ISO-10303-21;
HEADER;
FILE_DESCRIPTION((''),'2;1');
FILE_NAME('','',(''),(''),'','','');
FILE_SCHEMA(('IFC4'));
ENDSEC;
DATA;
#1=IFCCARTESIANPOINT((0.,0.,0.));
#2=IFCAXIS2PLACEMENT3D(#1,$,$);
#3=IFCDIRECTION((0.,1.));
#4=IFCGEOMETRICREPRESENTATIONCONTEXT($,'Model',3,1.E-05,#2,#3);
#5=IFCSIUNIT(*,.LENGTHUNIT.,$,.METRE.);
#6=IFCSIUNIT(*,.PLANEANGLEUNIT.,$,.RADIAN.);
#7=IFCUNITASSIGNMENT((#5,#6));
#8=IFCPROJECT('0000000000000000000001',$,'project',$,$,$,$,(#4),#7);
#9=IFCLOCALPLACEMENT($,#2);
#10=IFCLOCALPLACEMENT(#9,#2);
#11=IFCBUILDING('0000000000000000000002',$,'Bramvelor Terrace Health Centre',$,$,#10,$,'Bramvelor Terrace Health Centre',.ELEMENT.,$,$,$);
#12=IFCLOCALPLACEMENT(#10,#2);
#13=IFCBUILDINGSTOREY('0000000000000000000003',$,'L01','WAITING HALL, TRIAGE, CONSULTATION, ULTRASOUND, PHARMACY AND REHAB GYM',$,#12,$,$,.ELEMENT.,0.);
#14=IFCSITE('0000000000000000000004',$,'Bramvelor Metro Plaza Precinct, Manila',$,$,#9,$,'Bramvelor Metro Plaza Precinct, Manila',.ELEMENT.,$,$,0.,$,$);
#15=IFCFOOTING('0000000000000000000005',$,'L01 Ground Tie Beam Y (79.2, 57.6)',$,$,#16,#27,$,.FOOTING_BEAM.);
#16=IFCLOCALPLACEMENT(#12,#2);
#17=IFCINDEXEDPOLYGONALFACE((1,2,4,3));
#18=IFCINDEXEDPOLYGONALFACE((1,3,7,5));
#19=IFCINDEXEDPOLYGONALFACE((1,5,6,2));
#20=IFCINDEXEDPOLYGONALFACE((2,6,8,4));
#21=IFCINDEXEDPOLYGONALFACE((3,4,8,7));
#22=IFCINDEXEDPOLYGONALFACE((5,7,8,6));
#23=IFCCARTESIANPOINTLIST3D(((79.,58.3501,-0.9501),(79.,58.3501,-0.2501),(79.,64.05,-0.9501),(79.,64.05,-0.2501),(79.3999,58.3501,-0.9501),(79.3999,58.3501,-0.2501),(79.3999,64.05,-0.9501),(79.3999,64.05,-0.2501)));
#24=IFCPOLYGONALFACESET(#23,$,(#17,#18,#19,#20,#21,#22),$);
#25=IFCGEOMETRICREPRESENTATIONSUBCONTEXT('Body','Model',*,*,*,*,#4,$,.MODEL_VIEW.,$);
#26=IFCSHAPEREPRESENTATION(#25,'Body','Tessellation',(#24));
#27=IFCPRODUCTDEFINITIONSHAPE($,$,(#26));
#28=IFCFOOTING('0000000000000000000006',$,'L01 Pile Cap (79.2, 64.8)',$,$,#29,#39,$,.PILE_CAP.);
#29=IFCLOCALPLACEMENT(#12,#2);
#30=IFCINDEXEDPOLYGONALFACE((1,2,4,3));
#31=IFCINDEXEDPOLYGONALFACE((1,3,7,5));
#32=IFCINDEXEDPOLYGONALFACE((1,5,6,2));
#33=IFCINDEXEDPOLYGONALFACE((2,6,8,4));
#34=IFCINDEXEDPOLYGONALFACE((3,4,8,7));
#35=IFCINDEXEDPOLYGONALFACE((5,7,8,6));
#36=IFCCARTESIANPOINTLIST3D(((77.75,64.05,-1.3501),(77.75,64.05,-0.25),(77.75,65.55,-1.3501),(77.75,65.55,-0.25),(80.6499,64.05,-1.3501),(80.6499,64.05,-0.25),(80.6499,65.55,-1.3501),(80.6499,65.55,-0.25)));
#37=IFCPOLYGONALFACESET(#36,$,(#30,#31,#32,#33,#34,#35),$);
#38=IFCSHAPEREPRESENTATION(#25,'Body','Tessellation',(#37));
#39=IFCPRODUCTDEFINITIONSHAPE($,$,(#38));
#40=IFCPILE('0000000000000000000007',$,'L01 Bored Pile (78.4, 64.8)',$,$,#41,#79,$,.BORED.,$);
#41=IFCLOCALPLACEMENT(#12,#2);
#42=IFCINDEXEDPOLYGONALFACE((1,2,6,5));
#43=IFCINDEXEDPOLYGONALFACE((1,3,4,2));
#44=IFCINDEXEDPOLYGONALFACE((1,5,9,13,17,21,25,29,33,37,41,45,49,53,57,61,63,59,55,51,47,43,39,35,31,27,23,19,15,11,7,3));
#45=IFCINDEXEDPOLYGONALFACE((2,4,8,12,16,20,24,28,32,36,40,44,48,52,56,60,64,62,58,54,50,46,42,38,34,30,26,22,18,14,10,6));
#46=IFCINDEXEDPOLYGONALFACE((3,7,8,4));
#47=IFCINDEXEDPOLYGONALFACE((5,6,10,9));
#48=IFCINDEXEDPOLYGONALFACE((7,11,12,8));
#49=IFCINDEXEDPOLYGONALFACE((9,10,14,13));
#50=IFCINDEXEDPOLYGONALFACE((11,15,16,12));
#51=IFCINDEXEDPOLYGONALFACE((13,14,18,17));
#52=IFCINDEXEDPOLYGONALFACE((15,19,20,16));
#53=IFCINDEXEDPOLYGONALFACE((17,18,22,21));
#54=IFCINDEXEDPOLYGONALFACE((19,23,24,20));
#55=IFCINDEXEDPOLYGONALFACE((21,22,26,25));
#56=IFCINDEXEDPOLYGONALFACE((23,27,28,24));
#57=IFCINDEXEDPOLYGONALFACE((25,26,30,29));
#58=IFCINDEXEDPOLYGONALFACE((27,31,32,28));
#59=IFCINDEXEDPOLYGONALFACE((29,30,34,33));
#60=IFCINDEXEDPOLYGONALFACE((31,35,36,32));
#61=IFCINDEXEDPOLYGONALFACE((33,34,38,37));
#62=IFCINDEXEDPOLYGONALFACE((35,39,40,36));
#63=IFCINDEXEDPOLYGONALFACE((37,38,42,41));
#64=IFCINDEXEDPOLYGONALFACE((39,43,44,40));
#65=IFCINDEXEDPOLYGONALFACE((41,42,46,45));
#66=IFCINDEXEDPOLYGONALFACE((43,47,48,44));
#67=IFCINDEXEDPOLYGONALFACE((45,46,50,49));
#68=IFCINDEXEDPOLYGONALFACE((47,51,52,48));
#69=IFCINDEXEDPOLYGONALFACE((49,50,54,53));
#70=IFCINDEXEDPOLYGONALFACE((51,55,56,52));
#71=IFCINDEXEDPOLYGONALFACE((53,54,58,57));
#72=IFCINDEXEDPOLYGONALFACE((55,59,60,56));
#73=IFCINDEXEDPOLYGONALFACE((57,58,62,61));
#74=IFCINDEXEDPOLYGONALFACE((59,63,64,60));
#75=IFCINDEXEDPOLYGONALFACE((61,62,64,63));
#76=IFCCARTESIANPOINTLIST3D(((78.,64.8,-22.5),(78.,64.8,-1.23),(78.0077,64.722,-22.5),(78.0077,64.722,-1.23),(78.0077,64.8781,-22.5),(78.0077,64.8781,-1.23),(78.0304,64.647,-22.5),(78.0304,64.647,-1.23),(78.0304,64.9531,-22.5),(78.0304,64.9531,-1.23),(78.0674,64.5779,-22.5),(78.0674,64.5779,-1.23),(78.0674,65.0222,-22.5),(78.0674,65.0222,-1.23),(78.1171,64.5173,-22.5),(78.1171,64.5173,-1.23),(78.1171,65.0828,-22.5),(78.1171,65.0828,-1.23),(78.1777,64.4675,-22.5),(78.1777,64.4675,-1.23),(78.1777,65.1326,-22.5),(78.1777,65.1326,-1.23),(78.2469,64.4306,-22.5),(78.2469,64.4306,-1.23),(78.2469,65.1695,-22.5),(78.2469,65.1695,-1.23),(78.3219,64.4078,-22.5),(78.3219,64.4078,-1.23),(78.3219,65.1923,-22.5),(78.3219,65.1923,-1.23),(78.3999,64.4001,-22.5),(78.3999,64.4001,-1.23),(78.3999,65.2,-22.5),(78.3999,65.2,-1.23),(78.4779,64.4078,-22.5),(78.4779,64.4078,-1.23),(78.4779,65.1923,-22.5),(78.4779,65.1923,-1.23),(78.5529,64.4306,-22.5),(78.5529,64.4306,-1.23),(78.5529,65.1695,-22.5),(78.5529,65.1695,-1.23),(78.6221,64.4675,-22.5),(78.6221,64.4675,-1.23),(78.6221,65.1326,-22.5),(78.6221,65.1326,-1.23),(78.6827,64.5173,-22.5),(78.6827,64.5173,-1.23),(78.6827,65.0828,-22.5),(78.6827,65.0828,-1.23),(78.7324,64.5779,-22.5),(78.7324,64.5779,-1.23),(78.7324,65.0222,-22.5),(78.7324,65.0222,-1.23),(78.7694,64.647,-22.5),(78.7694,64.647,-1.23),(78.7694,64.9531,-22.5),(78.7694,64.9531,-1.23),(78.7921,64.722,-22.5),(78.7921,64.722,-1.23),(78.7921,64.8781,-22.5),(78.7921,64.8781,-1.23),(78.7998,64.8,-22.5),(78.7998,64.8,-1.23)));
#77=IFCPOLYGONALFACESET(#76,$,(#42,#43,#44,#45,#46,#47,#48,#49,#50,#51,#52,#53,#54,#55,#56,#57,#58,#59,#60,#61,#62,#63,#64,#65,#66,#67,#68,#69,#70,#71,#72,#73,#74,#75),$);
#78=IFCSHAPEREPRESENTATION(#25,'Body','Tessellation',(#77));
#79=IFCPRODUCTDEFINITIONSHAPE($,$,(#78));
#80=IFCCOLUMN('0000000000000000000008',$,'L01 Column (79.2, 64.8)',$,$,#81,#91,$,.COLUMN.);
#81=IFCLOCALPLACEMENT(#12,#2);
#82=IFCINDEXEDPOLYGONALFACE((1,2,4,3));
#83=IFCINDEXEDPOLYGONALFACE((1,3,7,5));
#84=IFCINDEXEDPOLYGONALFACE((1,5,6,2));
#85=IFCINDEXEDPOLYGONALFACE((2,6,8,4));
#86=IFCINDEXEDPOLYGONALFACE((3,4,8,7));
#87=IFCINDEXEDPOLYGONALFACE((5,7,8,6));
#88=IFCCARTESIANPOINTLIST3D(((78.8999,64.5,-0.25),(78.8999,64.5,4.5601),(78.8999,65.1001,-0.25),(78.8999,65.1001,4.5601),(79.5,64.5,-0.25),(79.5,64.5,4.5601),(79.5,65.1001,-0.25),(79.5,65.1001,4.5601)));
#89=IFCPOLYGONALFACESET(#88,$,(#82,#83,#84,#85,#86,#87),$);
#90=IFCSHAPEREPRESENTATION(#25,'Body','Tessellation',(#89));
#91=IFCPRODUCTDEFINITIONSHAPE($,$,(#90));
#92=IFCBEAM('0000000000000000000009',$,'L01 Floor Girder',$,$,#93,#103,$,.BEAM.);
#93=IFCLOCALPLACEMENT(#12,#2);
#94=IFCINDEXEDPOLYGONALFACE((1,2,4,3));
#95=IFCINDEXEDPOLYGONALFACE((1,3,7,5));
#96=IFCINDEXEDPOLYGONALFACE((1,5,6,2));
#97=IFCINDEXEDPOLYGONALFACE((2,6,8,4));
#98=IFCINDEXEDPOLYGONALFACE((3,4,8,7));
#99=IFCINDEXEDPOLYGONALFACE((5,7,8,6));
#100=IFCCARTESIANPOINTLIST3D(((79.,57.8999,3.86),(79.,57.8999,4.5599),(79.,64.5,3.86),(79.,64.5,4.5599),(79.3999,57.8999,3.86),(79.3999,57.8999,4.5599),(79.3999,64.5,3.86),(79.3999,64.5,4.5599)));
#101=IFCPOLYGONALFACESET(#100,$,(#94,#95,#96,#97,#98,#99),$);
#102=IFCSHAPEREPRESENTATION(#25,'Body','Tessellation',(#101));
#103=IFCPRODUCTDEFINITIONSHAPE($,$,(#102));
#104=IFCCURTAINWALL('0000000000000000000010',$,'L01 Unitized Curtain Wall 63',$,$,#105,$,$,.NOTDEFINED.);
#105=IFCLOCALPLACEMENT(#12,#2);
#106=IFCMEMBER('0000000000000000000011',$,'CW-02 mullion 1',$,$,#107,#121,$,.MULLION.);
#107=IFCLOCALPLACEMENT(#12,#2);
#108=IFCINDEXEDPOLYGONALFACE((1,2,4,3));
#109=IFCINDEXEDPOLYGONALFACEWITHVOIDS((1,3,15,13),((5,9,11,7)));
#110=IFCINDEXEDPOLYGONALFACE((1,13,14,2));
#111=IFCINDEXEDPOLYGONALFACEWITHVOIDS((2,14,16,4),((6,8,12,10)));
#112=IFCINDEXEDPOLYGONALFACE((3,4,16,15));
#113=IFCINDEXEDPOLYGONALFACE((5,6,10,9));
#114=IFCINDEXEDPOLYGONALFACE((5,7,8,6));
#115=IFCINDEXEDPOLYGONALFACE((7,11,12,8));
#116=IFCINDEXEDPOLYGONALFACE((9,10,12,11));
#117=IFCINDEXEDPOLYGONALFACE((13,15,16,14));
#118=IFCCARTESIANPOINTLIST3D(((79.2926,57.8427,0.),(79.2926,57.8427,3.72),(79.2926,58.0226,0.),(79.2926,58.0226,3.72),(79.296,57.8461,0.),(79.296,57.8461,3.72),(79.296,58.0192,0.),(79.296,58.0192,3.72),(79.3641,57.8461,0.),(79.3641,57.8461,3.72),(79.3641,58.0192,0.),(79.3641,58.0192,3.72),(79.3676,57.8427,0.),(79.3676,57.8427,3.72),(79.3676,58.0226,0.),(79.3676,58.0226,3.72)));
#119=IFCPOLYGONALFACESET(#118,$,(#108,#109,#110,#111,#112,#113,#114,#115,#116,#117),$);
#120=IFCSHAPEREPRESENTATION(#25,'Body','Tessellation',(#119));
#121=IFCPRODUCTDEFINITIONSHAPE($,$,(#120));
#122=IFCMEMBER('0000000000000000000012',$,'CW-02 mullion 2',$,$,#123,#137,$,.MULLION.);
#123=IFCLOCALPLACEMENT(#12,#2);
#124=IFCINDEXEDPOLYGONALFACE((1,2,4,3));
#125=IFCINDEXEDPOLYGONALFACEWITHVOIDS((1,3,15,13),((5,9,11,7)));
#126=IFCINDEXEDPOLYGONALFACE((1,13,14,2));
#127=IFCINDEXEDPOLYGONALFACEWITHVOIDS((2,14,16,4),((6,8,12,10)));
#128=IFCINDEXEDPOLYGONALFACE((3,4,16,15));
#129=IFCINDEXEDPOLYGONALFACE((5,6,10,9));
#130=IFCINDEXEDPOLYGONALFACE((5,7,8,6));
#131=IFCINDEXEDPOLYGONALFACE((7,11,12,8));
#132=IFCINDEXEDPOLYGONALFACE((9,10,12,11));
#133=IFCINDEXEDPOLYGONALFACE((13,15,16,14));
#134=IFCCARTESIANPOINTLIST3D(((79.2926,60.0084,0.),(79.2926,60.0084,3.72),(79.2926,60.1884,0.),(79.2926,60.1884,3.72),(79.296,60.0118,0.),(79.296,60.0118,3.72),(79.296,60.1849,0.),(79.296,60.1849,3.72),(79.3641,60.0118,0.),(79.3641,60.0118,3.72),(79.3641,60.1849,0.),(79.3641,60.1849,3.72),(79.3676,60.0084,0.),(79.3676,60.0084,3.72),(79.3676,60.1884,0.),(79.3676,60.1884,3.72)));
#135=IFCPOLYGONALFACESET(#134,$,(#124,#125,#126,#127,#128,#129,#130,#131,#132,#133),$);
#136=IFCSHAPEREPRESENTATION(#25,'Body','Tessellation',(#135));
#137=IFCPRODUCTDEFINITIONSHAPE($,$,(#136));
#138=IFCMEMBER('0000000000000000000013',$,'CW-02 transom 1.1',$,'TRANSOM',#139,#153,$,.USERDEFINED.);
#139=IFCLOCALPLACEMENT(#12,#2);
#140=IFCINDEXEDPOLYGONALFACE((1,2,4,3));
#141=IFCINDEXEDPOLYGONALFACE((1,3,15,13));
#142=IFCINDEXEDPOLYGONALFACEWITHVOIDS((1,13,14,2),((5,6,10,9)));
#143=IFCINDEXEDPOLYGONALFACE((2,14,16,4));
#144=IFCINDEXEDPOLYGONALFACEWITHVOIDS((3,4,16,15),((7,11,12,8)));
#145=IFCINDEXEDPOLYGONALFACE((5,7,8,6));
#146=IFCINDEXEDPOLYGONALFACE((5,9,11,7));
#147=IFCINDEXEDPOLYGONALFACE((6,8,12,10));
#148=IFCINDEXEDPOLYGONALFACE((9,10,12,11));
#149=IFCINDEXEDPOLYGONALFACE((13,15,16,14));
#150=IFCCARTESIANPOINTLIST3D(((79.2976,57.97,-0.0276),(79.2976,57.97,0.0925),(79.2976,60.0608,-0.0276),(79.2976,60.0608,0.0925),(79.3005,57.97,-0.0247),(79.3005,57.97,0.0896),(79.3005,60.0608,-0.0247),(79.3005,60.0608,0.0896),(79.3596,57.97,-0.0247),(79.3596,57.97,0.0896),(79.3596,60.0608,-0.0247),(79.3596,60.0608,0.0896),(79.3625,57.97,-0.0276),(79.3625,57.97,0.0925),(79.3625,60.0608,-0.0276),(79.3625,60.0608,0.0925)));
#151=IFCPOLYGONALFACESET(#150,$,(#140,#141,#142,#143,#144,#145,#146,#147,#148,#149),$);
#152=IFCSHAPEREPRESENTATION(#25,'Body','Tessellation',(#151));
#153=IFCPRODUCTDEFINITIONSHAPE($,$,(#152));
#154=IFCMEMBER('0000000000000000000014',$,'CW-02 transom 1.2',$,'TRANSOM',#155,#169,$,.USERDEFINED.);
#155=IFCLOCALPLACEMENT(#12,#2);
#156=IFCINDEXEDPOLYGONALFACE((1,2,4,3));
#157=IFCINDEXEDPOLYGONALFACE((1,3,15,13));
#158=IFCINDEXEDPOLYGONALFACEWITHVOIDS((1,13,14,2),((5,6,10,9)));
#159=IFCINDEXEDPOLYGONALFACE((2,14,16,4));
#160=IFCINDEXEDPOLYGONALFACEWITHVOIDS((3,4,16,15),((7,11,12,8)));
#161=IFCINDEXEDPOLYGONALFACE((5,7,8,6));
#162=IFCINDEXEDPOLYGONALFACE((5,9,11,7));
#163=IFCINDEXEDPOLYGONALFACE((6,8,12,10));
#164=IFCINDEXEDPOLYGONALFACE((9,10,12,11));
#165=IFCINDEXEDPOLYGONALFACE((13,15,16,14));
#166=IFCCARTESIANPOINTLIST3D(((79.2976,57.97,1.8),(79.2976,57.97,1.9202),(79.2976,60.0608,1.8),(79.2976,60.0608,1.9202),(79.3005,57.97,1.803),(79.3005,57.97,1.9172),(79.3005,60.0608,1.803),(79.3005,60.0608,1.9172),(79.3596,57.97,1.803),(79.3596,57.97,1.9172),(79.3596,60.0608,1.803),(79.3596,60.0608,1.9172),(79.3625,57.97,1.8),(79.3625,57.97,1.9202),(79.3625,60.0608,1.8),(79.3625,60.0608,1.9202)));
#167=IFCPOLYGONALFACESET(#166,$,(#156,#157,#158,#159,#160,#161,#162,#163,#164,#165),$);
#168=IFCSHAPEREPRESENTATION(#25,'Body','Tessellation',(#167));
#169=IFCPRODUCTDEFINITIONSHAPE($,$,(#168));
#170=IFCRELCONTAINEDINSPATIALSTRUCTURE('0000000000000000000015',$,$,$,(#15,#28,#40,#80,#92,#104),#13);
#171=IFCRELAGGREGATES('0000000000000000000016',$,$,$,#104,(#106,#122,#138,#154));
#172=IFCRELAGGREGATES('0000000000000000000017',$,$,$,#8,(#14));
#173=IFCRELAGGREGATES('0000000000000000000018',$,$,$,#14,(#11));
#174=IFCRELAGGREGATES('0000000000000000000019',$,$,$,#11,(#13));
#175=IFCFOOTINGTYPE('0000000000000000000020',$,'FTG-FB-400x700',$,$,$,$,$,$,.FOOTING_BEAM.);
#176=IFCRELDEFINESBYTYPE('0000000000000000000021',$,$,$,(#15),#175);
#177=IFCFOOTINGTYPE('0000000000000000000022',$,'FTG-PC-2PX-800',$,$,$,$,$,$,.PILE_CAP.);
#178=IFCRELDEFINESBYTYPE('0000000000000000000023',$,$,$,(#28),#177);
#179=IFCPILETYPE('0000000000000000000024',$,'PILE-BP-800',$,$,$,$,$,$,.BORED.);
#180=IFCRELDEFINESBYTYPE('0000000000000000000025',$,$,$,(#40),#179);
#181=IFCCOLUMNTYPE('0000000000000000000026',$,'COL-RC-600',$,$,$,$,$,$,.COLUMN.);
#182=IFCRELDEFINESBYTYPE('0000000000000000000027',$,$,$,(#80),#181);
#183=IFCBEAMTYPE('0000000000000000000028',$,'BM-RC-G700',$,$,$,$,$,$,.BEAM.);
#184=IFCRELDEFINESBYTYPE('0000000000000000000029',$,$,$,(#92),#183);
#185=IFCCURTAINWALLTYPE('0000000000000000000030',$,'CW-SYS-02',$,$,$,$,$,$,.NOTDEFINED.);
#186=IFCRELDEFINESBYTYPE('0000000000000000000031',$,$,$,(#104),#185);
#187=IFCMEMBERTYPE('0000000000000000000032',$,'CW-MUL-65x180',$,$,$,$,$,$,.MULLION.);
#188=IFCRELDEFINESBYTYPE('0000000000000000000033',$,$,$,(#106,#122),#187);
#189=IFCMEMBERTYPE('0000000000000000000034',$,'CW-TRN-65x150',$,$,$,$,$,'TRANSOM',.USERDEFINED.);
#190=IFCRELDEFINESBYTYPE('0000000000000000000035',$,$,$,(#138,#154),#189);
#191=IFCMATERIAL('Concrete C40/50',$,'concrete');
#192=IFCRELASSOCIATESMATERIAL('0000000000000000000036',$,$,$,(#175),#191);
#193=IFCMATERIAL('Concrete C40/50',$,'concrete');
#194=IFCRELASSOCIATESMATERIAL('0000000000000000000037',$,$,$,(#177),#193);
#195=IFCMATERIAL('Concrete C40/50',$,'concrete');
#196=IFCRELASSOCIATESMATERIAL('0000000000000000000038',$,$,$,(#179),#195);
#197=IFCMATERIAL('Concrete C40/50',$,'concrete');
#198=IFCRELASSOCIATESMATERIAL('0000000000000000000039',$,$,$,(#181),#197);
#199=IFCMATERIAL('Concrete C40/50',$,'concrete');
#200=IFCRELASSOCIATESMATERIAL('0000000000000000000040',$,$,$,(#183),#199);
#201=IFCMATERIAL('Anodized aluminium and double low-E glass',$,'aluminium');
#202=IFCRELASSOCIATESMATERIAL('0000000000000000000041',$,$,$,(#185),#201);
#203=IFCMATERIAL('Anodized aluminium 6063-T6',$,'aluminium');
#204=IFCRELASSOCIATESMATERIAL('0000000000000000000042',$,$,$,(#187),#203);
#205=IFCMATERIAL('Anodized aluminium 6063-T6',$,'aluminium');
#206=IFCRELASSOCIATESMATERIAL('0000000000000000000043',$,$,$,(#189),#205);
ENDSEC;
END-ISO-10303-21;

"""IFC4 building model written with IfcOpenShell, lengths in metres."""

from ifc_helpers import new_model, si_unit, direction, frame, origin, origin_2d, place, context, subcontext, project, spatial, rectangle, hollow_rectangle, circle, extrude, material, material_profile, profile_set, type_object, element, aggregate, save


model = new_model("IFC4")

# Units and contexts
model_context = context("Model", 3, precision=1e-05, world=origin(), true_north=direction((0.0, 1.0)))
body_context = subcontext(model_context, "Body", "Model", "MODEL_VIEW")
ifc_project = project(units=[si_unit("LENGTHUNIT", "METRE"), si_unit("PLANEANGLEUNIT", "RADIAN")], contexts=[model_context])

# Site, building, storey
site_placement = place(None, origin())
site = spatial("IfcSite", under=ifc_project, at=site_placement, Name="Bramvelor Metro Plaza Precinct, Manila", LongName="Bramvelor Metro Plaza Precinct, Manila", CompositionType="ELEMENT", RefElevation=0.0)
building_placement = place(site_placement, origin())
building = spatial("IfcBuilding", under=site, at=building_placement, Name="Bramvelor Terrace Health Centre", LongName="Bramvelor Terrace Health Centre", CompositionType="ELEMENT")
storey_placement = place(building_placement, origin())
storey = spatial("IfcBuildingStorey", under=building, at=storey_placement, Name="L01", Description="WAITING HALL, TRIAGE, CONSULTATION, ULTRASOUND, PHARMACY AND REHAB GYM", CompositionType="ELEMENT", Elevation=0.0)

# Footings
ifc_material_1 = material(Name="Concrete C40/50", Category="concrete")
ifc_material_profile_1 = material_profile(ifc_material_1, rectangle(XDim=0.3999, YDim=0.7, at=origin_2d()), Name="RC 400x700")
ifc_profile_set_1 = profile_set([ifc_material_profile_1], Name="Concrete C40/50")
footing_type_1 = type_object("IfcFootingType", Name="FTG-FB-400x700", PredefinedType="FOOTING_BEAM", material=ifc_profile_set_1)
footing_1_placement = place(storey_placement, frame((79.2, 58.3501, -0.6001), z_axis=(0.0, 1.0, 0.0), x_axis=(-1.0, 0.0, 0.0)))
element("IfcFooting", 1, at=footing_1_placement, inside=storey, type_object=footing_type_1, Name="L01 Ground Tie Beam Y (79.2, 57.6)", PredefinedType="FOOTING_BEAM", context=body_context, shape_type="SweptSolid", body=[
    extrude(rectangle(XDim=0.3999, YDim=0.7, at=origin_2d()), origin(), (0.0, 0.0, 1.0), 5.7),
])
ifc_material_2 = material(Name="Concrete C40/50", Category="concrete")
footing_type_2 = type_object("IfcFootingType", Name="FTG-PC-2PX-800", PredefinedType="PILE_CAP", material=ifc_material_2)
footing_2_placement = place(storey_placement, frame((79.2, 64.8, -1.3501), z_axis=(0.0, 0.0, 1.0), x_axis=(1.0, 0.0, 0.0)))
element("IfcFooting", 2, at=footing_2_placement, inside=storey, type_object=footing_type_2, Name="L01 Pile Cap (79.2, 64.8)", PredefinedType="PILE_CAP", context=body_context, shape_type="SweptSolid", body=[
    extrude(rectangle(XDim=2.8999, YDim=1.5, at=origin_2d()), origin(), (0.0, 0.0, 1.0), 1.1001),
])

# Pile
ifc_material_3 = material(Name="Concrete C40/50", Category="concrete")
ifc_material_profile_2 = material_profile(ifc_material_3, circle(Radius=0.3999, at=origin_2d()), Name="BP D800")
ifc_profile_set_2 = profile_set([ifc_material_profile_2], Name="Concrete C40/50")
pile_type = type_object("IfcPileType", Name="PILE-BP-800", PredefinedType="BORED", material=ifc_profile_set_2)
pile_placement = place(storey_placement, frame((78.3999, 64.8, -1.23), z_axis=(0.0, 0.0, -1.0), x_axis=(1.0, 0.0, 0.0)))
element("IfcPile", 3, at=pile_placement, inside=storey, type_object=pile_type, Name="L01 Bored Pile (78.4, 64.8)", PredefinedType="BORED", context=body_context, shape_type="SweptSolid", body=[
    extrude(circle(Radius=0.3999, at=origin_2d()), origin(), (0.0, 0.0, 1.0), 21.27),
])

# Column
ifc_material_4 = material(Name="Concrete C40/50", Category="concrete")
ifc_material_profile_3 = material_profile(ifc_material_4, rectangle(XDim=0.6001, YDim=0.6001, at=origin_2d()), Name="RC 600x600")
ifc_profile_set_3 = profile_set([ifc_material_profile_3], Name="Concrete C40/50")
column_type = type_object("IfcColumnType", Name="COL-RC-600", PredefinedType="COLUMN", material=ifc_profile_set_3)
column_placement = place(storey_placement, frame((79.2, 64.8, -0.25), z_axis=(0.0, 0.0, 1.0), x_axis=(1.0, 0.0, 0.0)))
element("IfcColumn", 4, at=column_placement, inside=storey, type_object=column_type, Name="L01 Column (79.2, 64.8)", PredefinedType="COLUMN", context=body_context, shape_type="SweptSolid", body=[
    extrude(rectangle(XDim=0.6001, YDim=0.6001, at=origin_2d()), origin(), (0.0, 0.0, 1.0), 4.8101),
])

# Beam
ifc_material_5 = material(Name="Concrete C40/50", Category="concrete")
ifc_material_profile_4 = material_profile(ifc_material_5, rectangle(XDim=0.3999, YDim=0.7, at=origin_2d()), Name="RC 400x700")
ifc_profile_set_4 = profile_set([ifc_material_profile_4], Name="Concrete C40/50")
beam_type = type_object("IfcBeamType", Name="BM-RC-G700", PredefinedType="BEAM", material=ifc_profile_set_4)
beam_placement = place(storey_placement, frame((79.2, 57.8999, 4.21), z_axis=(0.0, 1.0, 0.0), x_axis=(-1.0, 0.0, 0.0)))
element("IfcBeam", 5, at=beam_placement, inside=storey, type_object=beam_type, Name="L01 Floor Girder", PredefinedType="BEAM", context=body_context, shape_type="SweptSolid", body=[
    extrude(rectangle(XDim=0.3999, YDim=0.7, at=origin_2d()), origin(), (0.0, 0.0, 1.0), 6.6001),
])

# Curtain wall, members
ifc_material_6 = material(Name="Anodized aluminium and double low-E glass", Category="aluminium")
curtain_wall_type = type_object("IfcCurtainWallType", Name="CW-SYS-02", PredefinedType="NOTDEFINED", material=ifc_material_6)
curtain_wall_1_placement = place(storey_placement, origin())
curtain_wall_1 = element("IfcCurtainWall", 6, at=curtain_wall_1_placement, inside=storey, type_object=curtain_wall_type, Name="L01 Unitized Curtain Wall 63", PredefinedType="NOTDEFINED")
ifc_material_7 = material(Name="Anodized aluminium 6063-T6", Category="aluminium")
ifc_material_profile_5 = material_profile(ifc_material_7, hollow_rectangle(XDim=0.075, YDim=0.1799, WallThickness=0.0034, at=origin_2d()), Name="ALU-MUL 75x180x3.5")
ifc_profile_set_5 = profile_set([ifc_material_profile_5], Name="Anodized aluminium 6063-T6")
member_type_1 = type_object("IfcMemberType", Name="CW-MUL-65x180", PredefinedType="MULLION", material=ifc_profile_set_5)
member_1_placement = place(storey_placement, frame((79.3301, 57.9326, 0.0), z_axis=(0.0, 0.0, 1.0), x_axis=(-1.0, 0.0, 0.0)))
member_1 = element("IfcMember", 7, at=member_1_placement, type_object=member_type_1, Name="CW-02 mullion 1", PredefinedType="MULLION", context=body_context, shape_type="SweptSolid", body=[
    extrude(hollow_rectangle(XDim=0.075, YDim=0.1799, WallThickness=0.0034, at=origin_2d()), origin(), (0.0, 0.0, 1.0), 3.72),
])
member_2_placement = place(storey_placement, frame((79.3301, 60.0984, 0.0), z_axis=(0.0, 0.0, 1.0), x_axis=(-1.0, 0.0, 0.0)))
member_2 = element("IfcMember", 8, at=member_2_placement, type_object=member_type_1, Name="CW-02 mullion 2", PredefinedType="MULLION", context=body_context, shape_type="SweptSolid", body=[
    extrude(hollow_rectangle(XDim=0.075, YDim=0.1799, WallThickness=0.0034, at=origin_2d()), origin(), (0.0, 0.0, 1.0), 3.72),
])
ifc_material_8 = material(Name="Anodized aluminium 6063-T6", Category="aluminium")
ifc_material_profile_6 = material_profile(ifc_material_8, hollow_rectangle(XDim=0.0649, YDim=0.1201, WallThickness=0.0029, at=origin_2d()), Name="ALU-TRN 65x120x3.0")
ifc_profile_set_6 = profile_set([ifc_material_profile_6], Name="Anodized aluminium 6063-T6")
member_type_2 = type_object("IfcMemberType", Name="CW-TRN-65x150", ElementType="TRANSOM", PredefinedType="USERDEFINED", material=ifc_profile_set_6)
member_3_placement = place(storey_placement, frame((79.3301, 57.97, 0.0325), z_axis=(0.0, 1.0, 0.0), x_axis=(-1.0, 0.0, 0.0)))
member_3 = element("IfcMember", 9, at=member_3_placement, type_object=member_type_2, Name="CW-02 transom 1.1", ObjectType="TRANSOM", PredefinedType="USERDEFINED", context=body_context, shape_type="SweptSolid", body=[
    extrude(hollow_rectangle(XDim=0.0649, YDim=0.1201, WallThickness=0.0029, at=origin_2d()), origin(), (0.0, 0.0, 1.0), 2.0908),
])
member_4_placement = place(storey_placement, frame((79.3301, 57.97, 1.8601), z_axis=(0.0, 1.0, 0.0), x_axis=(-1.0, 0.0, 0.0)))
member_4 = element("IfcMember", 10, at=member_4_placement, type_object=member_type_2, Name="CW-02 transom 1.2", ObjectType="TRANSOM", PredefinedType="USERDEFINED", context=body_context, shape_type="SweptSolid", body=[
    extrude(hollow_rectangle(XDim=0.0649, YDim=0.1201, WallThickness=0.0029, at=origin_2d()), origin(), (0.0, 0.0, 1.0), 2.0908),
])

aggregate(curtain_wall_1, [member_1, member_2, member_3, member_4])

save(model, "model.ifc")
